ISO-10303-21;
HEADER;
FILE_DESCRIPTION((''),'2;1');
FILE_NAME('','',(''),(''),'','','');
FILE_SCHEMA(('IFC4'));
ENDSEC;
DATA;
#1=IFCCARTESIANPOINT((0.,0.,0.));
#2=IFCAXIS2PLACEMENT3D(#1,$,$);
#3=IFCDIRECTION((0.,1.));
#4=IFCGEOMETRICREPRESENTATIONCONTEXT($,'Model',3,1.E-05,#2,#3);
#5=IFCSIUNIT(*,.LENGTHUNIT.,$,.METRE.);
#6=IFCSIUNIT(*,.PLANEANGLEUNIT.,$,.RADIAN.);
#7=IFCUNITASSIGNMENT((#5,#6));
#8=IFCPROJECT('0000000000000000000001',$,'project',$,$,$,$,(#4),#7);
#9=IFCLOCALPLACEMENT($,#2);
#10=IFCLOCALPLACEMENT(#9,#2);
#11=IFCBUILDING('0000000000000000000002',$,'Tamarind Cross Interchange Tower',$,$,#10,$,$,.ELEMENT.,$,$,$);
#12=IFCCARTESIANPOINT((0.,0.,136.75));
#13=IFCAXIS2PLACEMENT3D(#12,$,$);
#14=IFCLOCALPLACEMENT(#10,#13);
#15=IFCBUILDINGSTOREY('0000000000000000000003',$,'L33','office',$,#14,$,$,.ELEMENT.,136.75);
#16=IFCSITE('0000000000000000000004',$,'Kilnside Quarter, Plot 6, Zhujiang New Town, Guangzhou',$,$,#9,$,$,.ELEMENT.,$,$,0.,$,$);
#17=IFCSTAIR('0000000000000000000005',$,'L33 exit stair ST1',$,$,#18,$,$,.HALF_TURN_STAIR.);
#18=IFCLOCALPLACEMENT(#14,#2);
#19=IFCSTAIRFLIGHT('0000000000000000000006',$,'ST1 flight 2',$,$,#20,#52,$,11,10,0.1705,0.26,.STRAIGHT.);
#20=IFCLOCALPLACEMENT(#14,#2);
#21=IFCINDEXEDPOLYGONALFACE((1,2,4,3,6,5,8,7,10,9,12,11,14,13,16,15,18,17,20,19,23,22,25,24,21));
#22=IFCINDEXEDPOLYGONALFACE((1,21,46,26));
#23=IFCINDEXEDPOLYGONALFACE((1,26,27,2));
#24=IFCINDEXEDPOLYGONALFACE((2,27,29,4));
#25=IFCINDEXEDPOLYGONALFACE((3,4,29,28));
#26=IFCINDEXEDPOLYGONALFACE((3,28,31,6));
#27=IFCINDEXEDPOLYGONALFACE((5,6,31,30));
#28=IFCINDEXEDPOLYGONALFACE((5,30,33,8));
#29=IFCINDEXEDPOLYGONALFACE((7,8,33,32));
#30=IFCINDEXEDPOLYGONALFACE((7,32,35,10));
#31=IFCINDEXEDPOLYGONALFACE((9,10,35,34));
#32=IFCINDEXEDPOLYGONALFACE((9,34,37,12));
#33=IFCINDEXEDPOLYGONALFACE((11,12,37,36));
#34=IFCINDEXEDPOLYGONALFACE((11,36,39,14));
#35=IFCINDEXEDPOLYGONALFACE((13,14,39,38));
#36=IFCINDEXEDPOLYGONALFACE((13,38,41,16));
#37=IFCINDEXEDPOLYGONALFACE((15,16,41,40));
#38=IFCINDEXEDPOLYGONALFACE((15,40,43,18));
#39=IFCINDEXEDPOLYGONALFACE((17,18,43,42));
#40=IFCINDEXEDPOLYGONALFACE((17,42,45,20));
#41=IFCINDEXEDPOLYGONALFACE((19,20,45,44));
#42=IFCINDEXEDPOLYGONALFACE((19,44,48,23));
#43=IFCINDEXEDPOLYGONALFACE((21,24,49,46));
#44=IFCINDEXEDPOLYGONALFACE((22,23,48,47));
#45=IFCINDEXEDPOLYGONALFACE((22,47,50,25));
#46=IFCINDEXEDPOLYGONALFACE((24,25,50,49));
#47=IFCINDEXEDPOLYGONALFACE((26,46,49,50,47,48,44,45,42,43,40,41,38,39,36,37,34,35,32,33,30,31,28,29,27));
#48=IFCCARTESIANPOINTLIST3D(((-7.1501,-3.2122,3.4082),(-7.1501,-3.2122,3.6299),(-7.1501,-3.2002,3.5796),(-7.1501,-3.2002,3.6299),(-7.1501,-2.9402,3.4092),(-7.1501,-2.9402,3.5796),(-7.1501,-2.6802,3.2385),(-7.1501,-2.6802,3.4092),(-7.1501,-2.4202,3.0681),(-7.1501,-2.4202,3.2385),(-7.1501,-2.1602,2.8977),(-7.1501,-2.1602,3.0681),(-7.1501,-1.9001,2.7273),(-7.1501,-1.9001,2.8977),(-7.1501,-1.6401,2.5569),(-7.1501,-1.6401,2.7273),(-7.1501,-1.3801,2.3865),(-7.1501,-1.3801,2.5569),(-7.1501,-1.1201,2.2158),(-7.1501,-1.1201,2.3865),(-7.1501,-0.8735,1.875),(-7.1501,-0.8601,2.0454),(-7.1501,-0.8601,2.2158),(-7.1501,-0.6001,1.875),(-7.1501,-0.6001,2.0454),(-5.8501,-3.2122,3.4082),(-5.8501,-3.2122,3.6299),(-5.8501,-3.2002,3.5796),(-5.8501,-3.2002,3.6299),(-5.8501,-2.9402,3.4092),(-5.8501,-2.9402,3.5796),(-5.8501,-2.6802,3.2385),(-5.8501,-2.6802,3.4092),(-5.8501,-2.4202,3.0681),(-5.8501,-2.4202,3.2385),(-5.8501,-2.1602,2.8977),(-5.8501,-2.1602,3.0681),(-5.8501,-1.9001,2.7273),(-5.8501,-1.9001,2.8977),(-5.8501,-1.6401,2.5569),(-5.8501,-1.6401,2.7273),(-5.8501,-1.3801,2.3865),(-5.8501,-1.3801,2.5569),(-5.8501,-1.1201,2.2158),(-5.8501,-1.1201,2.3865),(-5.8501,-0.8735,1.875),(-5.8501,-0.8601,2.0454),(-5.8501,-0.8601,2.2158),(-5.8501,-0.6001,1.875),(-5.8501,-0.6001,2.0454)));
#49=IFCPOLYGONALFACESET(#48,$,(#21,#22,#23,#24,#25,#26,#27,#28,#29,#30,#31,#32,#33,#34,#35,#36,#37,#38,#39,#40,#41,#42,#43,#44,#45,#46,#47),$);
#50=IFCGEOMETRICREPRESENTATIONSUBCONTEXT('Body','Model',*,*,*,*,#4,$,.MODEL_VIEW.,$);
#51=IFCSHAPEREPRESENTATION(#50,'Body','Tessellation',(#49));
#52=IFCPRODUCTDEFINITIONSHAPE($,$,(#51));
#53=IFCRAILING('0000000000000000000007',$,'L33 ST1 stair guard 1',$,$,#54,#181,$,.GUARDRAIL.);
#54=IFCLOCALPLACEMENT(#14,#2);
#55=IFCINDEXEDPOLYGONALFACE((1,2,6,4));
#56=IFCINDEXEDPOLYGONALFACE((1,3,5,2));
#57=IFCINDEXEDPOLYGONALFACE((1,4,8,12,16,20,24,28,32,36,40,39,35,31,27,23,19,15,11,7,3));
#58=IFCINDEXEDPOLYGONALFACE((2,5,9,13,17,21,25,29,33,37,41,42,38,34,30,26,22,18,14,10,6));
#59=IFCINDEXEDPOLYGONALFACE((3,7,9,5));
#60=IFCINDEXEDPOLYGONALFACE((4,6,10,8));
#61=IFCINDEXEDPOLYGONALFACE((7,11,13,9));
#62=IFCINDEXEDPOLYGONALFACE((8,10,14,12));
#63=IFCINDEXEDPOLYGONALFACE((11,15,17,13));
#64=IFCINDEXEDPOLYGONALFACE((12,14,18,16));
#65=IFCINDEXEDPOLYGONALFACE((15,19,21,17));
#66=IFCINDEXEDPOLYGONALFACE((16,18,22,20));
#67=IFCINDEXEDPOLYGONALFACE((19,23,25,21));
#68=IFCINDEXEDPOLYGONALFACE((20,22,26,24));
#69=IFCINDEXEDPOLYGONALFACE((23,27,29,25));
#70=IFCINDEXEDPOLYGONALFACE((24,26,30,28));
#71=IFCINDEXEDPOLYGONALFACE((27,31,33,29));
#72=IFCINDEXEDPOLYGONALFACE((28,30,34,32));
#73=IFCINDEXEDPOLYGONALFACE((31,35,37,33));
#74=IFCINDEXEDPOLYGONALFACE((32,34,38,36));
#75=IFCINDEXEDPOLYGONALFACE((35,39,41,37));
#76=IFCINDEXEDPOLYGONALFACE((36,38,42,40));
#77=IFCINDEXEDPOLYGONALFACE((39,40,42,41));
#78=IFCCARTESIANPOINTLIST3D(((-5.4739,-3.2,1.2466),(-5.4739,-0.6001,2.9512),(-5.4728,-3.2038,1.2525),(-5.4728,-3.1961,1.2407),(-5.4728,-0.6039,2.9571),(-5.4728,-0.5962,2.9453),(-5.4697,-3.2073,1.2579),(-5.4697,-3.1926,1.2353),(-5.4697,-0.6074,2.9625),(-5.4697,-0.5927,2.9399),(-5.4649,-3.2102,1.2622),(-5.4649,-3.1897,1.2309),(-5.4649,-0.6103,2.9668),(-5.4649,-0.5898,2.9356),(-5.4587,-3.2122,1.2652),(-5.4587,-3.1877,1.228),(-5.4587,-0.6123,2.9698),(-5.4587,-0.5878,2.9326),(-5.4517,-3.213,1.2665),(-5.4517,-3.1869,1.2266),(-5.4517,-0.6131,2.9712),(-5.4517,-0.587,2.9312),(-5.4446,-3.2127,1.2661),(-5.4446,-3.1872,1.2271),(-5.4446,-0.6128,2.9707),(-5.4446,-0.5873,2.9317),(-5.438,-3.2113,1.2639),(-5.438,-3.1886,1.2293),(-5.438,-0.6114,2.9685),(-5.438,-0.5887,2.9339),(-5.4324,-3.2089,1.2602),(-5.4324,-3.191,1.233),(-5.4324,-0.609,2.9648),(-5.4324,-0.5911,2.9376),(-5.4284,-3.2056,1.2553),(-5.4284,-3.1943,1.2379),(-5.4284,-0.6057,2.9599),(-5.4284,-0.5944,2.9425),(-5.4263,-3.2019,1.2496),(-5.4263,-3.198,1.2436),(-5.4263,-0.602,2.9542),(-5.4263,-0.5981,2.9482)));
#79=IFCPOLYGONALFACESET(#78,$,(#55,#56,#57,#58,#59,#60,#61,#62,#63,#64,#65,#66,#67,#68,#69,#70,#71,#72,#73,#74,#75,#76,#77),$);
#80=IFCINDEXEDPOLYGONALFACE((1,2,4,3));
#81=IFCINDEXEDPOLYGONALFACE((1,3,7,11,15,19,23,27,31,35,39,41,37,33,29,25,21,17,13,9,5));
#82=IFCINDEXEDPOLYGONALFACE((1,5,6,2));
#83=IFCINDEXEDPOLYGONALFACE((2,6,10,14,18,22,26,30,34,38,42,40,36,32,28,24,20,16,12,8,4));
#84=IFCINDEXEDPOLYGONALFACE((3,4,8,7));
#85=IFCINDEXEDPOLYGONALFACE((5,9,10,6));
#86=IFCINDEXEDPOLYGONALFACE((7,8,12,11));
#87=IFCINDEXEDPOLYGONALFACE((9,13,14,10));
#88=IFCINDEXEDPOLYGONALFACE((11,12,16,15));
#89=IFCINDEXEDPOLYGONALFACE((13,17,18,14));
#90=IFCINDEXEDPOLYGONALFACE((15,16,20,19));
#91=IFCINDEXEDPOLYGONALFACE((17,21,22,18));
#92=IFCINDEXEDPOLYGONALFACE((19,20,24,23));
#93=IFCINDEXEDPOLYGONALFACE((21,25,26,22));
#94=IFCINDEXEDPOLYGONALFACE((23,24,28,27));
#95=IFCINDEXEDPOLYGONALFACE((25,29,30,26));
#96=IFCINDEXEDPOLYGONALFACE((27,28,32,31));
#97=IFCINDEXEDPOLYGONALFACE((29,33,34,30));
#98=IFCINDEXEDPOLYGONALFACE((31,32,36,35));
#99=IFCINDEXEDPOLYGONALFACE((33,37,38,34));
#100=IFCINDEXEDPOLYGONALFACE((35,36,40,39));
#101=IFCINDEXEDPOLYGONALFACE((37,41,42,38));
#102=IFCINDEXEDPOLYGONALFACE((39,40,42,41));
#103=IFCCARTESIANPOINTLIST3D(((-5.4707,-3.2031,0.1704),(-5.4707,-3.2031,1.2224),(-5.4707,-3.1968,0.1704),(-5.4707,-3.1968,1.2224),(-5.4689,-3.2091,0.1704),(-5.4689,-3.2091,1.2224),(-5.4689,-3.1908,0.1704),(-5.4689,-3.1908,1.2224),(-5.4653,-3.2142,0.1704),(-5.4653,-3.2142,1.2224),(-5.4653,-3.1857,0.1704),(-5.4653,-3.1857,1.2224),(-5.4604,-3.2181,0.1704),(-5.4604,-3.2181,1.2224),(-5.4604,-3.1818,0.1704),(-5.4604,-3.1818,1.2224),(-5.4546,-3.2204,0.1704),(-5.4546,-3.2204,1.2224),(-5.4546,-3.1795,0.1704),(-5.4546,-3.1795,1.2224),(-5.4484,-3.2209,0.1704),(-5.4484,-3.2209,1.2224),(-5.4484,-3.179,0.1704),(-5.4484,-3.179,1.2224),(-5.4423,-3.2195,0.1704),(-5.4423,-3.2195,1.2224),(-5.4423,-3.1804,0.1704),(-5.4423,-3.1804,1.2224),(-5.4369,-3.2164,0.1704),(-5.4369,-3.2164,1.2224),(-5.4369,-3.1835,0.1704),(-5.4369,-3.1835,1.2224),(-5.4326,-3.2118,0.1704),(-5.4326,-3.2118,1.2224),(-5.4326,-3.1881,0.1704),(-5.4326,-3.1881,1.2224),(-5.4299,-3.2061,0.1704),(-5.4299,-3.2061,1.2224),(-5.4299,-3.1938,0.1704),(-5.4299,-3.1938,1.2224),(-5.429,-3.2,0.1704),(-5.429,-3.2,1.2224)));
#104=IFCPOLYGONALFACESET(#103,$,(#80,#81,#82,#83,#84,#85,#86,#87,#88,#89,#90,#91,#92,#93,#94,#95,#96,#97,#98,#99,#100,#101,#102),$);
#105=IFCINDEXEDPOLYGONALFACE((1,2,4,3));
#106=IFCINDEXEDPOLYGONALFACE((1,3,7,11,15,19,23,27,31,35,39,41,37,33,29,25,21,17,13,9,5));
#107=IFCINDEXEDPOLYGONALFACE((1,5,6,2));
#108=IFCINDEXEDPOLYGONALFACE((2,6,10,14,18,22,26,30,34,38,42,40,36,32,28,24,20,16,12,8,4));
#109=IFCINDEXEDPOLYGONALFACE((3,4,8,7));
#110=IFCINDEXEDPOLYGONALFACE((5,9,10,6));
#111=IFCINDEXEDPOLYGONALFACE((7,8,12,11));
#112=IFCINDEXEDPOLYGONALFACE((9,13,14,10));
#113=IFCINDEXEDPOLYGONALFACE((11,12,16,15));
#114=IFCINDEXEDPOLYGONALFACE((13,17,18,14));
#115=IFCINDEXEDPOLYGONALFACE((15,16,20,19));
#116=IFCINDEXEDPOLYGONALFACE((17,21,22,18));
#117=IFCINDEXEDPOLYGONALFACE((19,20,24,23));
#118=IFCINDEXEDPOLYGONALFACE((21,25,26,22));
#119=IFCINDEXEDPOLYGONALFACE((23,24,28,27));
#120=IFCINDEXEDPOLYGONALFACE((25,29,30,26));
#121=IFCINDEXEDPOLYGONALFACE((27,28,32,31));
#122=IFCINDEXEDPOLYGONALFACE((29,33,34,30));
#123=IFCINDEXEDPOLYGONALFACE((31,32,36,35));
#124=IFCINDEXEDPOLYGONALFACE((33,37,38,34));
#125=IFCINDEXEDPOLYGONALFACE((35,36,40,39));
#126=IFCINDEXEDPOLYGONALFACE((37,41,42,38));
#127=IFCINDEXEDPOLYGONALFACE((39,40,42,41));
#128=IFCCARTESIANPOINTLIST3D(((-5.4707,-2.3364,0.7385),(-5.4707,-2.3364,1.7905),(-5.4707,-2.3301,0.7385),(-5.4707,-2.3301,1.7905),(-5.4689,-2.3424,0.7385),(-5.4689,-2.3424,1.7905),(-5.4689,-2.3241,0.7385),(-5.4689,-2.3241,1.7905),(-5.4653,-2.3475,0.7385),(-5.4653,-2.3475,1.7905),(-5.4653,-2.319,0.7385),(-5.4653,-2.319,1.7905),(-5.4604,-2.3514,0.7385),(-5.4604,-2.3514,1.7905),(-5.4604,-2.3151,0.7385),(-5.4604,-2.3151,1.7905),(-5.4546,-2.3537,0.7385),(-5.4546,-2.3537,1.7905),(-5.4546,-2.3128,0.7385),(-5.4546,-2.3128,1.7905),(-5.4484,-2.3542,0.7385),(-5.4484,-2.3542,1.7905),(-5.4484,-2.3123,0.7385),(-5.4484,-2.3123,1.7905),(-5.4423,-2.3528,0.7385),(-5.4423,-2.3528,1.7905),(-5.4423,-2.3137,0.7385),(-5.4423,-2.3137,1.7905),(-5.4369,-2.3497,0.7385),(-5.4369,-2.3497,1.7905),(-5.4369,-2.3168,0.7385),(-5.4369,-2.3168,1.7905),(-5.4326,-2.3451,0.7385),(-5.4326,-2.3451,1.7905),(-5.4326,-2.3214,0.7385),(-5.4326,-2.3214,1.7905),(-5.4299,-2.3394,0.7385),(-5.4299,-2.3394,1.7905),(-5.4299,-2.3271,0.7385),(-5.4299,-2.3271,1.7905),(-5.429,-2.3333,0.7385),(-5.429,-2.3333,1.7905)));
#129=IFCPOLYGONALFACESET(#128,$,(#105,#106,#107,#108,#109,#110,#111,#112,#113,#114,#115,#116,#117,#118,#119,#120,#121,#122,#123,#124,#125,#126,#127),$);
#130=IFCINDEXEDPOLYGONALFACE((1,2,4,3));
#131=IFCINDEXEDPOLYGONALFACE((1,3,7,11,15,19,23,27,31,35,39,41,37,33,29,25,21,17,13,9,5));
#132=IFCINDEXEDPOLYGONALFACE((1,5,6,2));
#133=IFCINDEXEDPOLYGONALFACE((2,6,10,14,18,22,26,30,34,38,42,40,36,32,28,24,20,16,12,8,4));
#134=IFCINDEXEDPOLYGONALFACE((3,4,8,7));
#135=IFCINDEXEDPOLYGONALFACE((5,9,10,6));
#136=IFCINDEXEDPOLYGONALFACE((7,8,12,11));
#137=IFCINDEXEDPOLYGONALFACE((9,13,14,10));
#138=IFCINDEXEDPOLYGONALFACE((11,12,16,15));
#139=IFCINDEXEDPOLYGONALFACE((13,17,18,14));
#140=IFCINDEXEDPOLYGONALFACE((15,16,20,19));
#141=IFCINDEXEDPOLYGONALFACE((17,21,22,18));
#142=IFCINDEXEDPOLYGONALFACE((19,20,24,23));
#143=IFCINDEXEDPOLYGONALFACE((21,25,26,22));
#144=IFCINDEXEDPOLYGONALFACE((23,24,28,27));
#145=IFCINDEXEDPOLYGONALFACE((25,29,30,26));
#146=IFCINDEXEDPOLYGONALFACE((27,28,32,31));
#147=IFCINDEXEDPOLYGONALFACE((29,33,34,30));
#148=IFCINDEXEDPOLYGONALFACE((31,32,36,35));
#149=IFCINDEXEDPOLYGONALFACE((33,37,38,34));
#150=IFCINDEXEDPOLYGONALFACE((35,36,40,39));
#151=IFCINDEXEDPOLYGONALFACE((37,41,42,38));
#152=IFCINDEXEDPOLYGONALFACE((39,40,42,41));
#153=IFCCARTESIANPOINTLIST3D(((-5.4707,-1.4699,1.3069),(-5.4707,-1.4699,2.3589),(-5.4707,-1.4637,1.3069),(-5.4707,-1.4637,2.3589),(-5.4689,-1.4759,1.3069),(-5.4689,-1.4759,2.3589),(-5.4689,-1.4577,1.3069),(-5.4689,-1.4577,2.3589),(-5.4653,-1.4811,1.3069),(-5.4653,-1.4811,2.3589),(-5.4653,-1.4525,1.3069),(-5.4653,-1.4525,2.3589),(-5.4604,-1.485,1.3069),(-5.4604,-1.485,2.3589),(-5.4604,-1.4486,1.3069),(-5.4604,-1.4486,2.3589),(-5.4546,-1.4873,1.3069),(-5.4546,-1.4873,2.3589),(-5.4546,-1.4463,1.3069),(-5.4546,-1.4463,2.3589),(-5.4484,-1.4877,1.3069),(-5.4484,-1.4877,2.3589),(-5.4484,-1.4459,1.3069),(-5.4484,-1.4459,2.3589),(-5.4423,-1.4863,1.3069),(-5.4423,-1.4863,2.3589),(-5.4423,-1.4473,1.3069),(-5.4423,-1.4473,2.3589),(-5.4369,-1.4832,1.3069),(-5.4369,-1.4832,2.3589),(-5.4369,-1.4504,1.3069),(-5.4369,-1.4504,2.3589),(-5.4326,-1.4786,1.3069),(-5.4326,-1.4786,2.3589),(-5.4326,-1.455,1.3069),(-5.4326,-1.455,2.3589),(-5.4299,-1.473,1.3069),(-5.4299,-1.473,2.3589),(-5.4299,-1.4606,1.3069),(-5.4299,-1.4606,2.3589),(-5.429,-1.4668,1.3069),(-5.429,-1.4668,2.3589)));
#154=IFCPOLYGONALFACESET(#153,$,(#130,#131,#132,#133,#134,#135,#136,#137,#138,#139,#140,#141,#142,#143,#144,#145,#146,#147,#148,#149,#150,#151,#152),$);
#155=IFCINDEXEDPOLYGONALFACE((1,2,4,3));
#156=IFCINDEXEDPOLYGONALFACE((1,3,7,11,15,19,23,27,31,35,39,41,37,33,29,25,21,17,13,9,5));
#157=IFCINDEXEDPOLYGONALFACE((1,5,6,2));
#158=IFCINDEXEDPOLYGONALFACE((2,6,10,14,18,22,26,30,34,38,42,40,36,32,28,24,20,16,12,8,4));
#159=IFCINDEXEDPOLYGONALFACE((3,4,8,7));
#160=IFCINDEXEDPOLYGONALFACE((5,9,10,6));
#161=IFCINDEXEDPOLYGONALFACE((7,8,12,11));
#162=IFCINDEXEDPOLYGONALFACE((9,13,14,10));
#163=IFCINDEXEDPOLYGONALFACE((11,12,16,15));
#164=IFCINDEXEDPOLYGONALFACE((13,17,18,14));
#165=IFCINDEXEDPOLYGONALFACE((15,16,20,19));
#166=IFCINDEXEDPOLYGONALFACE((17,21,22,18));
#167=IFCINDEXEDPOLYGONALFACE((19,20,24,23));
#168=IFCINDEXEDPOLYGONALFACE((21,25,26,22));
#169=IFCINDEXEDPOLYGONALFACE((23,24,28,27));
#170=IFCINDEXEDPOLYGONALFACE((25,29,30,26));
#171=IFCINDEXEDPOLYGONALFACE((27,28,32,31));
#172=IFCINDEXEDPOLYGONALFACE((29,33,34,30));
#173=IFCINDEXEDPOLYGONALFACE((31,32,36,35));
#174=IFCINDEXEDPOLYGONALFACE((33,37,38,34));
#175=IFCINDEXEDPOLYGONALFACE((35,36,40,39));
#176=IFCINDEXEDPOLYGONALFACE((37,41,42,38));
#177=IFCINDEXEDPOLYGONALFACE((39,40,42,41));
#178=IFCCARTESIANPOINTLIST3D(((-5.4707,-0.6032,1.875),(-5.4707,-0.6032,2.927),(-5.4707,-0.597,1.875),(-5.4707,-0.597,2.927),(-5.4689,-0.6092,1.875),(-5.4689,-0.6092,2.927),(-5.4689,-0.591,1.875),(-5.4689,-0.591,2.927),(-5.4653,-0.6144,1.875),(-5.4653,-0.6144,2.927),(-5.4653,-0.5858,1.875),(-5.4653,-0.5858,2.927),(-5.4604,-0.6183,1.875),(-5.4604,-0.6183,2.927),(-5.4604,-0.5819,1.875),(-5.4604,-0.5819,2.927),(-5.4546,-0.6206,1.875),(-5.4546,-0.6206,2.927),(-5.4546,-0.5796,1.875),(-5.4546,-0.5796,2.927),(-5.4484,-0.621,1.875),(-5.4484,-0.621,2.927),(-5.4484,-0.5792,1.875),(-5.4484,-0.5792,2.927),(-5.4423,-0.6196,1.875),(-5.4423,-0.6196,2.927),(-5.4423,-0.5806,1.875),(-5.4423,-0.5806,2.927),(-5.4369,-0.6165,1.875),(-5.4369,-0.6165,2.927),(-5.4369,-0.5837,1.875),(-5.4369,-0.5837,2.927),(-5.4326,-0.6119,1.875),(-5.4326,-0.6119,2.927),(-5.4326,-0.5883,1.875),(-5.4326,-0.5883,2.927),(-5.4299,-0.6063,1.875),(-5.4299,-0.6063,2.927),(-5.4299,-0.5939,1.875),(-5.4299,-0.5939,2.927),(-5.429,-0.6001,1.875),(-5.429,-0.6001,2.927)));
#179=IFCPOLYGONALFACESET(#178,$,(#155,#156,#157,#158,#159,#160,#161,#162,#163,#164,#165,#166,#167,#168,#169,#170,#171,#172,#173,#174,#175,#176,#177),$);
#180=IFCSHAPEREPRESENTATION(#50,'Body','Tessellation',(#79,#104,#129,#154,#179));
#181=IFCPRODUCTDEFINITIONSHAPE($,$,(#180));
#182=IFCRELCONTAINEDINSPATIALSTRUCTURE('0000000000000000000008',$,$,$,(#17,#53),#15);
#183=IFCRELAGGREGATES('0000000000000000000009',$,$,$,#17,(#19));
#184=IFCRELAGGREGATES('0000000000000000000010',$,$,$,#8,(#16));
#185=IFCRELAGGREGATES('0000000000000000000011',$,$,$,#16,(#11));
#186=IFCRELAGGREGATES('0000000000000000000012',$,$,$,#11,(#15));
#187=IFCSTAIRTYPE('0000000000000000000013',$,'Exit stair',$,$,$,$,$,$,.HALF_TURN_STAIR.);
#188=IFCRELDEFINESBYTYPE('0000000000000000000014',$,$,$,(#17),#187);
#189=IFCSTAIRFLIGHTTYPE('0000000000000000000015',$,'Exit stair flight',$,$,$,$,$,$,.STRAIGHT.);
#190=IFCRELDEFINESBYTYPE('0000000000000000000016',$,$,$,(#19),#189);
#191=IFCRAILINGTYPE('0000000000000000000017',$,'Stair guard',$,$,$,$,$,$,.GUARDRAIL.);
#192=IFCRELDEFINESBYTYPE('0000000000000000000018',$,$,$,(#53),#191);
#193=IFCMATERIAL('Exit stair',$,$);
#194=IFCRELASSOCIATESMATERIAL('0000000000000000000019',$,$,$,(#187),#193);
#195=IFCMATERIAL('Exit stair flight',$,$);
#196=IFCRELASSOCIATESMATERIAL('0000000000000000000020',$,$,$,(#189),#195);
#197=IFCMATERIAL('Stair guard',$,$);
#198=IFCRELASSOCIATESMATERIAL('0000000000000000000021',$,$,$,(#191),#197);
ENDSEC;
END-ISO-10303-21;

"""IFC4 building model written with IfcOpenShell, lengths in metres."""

from ifc_helpers import new_model, si_unit, direction, frame, origin, origin_2d, place, context, subcontext, project, spatial, polyline, circle, outline, extrude, material, type_object, element, aggregate, save


model = new_model("IFC4")

# Units and contexts
model_context = context("Model", 3, precision=1e-05, world=origin(), true_north=direction((0.0, 1.0)))
body_context = subcontext(model_context, "Body", "Model", "MODEL_VIEW")
ifc_project = project(units=[si_unit("LENGTHUNIT", "METRE"), si_unit("PLANEANGLEUNIT", "RADIAN")], contexts=[model_context])

# Site, building, storey
site_placement = place(None, origin())
site = spatial("IfcSite", under=ifc_project, at=site_placement, Name="Kilnside Quarter, Plot 6, Zhujiang New Town, Guangzhou", CompositionType="ELEMENT", RefElevation=0.0)
building_placement = place(site_placement, origin())
building = spatial("IfcBuilding", under=site, at=building_placement, Name="Tamarind Cross Interchange Tower", CompositionType="ELEMENT")
storey_placement = place(building_placement, frame((0.0, 0.0, 136.75)))
storey = spatial("IfcBuildingStorey", under=building, at=storey_placement, Name="L33", Description="office", CompositionType="ELEMENT", Elevation=136.75)

# Stair, stair flight
ifc_material_1 = material(Name="Exit stair")
stair_type = type_object("IfcStairType", Name="Exit stair", PredefinedType="HALF_TURN_STAIR", material=ifc_material_1)
stair_placement = place(storey_placement, origin())
stair = element("IfcStair", 1, at=stair_placement, inside=storey, type_object=stair_type, Name="L33 exit stair ST1", PredefinedType="HALF_TURN_STAIR")
ifc_material_2 = material(Name="Exit stair flight")
stair_flight_type = type_object("IfcStairFlightType", Name="Exit stair flight", PredefinedType="STRAIGHT", material=ifc_material_2)
stair_flight_1_placement = place(storey_placement, frame((-6.5, -0.6001, 1.875), z_axis=(0.0, 0.0, 1.0), x_axis=(0.0, -1.0, 0.0)))
stair_flight_1 = element("IfcStairFlight", 2, at=stair_flight_1_placement, type_object=stair_flight_type, Name="ST1 flight 2", NumberOfRisers=11, NumberOfTreads=10, PredefinedType="STRAIGHT", RiserHeight=0.1705, TreadLength=0.26, context=body_context, shape_type="SweptSolid", body=[
    extrude(outline(polyline([(0.0, 0.0), (0.0, 0.1704), (0.26, 0.1704), (0.26, 0.3408), (0.52, 0.3408), (0.52, 0.5115), (0.78, 0.5115), (0.78, 0.6819), (1.04, 0.6819), (1.04, 0.8523), (1.3, 0.8523), (1.3, 1.0227), (1.5601, 1.0227), (1.5601, 1.1931), (1.8201, 1.1931), (1.8201, 1.3635), (2.0801, 1.3635), (2.0801, 1.5342), (2.3401, 1.5342), (2.3401, 1.7046), (2.6001, 1.7046), (2.6001, 1.7549), (2.6121, 1.7549), (2.6121, 1.5332), (0.2734, 0.0), (0.0, 0.0)])), frame((0.0, 0.6499, 0.0), z_axis=(0.0, -1.0, 0.0), x_axis=(1.0, 0.0, 0.0)), (0.0, 0.0, 1.0), 1.3),
])
aggregate(stair, [stair_flight_1])

# Railing
ifc_material_3 = material(Name="Stair guard")
railing_type_1 = type_object("IfcRailingType", Name="Stair guard", PredefinedType="GUARDRAIL", material=ifc_material_3)
railing_1_placement = place(storey_placement, frame((-5.45, -3.2, 0.1704)))
element("IfcRailing", 3, at=railing_1_placement, inside=storey, type_object=railing_type_1, Name="L33 ST1 stair guard 1", PredefinedType="GUARDRAIL", context=body_context, shape_type="SweptSolid", body=[
    extrude(circle(Radius=0.0239, at=origin_2d()), frame((0.0, 0.0, 1.0762), z_axis=(0.0, 0.836279, 0.548305), x_axis=(-1.0, 0.0, 0.0)), (0.0, 0.0, 1.0), 3.1089),
    extrude(circle(Radius=0.021, at=origin_2d()), origin(), (0.0, 0.0, 1.0), 1.052),
    extrude(circle(Radius=0.021, at=origin_2d()), frame((0.0, 0.8667, 0.5681)), (0.0, 0.0, 1.0), 1.052),
    extrude(circle(Radius=0.021, at=origin_2d()), frame((0.0, 1.7332, 1.1365)), (0.0, 0.0, 1.0), 1.052),
    extrude(circle(Radius=0.021, at=origin_2d()), frame((0.0, 2.5999, 1.7046)), (0.0, 0.0, 1.0), 1.052),
])

save(model, "model.ifc")
